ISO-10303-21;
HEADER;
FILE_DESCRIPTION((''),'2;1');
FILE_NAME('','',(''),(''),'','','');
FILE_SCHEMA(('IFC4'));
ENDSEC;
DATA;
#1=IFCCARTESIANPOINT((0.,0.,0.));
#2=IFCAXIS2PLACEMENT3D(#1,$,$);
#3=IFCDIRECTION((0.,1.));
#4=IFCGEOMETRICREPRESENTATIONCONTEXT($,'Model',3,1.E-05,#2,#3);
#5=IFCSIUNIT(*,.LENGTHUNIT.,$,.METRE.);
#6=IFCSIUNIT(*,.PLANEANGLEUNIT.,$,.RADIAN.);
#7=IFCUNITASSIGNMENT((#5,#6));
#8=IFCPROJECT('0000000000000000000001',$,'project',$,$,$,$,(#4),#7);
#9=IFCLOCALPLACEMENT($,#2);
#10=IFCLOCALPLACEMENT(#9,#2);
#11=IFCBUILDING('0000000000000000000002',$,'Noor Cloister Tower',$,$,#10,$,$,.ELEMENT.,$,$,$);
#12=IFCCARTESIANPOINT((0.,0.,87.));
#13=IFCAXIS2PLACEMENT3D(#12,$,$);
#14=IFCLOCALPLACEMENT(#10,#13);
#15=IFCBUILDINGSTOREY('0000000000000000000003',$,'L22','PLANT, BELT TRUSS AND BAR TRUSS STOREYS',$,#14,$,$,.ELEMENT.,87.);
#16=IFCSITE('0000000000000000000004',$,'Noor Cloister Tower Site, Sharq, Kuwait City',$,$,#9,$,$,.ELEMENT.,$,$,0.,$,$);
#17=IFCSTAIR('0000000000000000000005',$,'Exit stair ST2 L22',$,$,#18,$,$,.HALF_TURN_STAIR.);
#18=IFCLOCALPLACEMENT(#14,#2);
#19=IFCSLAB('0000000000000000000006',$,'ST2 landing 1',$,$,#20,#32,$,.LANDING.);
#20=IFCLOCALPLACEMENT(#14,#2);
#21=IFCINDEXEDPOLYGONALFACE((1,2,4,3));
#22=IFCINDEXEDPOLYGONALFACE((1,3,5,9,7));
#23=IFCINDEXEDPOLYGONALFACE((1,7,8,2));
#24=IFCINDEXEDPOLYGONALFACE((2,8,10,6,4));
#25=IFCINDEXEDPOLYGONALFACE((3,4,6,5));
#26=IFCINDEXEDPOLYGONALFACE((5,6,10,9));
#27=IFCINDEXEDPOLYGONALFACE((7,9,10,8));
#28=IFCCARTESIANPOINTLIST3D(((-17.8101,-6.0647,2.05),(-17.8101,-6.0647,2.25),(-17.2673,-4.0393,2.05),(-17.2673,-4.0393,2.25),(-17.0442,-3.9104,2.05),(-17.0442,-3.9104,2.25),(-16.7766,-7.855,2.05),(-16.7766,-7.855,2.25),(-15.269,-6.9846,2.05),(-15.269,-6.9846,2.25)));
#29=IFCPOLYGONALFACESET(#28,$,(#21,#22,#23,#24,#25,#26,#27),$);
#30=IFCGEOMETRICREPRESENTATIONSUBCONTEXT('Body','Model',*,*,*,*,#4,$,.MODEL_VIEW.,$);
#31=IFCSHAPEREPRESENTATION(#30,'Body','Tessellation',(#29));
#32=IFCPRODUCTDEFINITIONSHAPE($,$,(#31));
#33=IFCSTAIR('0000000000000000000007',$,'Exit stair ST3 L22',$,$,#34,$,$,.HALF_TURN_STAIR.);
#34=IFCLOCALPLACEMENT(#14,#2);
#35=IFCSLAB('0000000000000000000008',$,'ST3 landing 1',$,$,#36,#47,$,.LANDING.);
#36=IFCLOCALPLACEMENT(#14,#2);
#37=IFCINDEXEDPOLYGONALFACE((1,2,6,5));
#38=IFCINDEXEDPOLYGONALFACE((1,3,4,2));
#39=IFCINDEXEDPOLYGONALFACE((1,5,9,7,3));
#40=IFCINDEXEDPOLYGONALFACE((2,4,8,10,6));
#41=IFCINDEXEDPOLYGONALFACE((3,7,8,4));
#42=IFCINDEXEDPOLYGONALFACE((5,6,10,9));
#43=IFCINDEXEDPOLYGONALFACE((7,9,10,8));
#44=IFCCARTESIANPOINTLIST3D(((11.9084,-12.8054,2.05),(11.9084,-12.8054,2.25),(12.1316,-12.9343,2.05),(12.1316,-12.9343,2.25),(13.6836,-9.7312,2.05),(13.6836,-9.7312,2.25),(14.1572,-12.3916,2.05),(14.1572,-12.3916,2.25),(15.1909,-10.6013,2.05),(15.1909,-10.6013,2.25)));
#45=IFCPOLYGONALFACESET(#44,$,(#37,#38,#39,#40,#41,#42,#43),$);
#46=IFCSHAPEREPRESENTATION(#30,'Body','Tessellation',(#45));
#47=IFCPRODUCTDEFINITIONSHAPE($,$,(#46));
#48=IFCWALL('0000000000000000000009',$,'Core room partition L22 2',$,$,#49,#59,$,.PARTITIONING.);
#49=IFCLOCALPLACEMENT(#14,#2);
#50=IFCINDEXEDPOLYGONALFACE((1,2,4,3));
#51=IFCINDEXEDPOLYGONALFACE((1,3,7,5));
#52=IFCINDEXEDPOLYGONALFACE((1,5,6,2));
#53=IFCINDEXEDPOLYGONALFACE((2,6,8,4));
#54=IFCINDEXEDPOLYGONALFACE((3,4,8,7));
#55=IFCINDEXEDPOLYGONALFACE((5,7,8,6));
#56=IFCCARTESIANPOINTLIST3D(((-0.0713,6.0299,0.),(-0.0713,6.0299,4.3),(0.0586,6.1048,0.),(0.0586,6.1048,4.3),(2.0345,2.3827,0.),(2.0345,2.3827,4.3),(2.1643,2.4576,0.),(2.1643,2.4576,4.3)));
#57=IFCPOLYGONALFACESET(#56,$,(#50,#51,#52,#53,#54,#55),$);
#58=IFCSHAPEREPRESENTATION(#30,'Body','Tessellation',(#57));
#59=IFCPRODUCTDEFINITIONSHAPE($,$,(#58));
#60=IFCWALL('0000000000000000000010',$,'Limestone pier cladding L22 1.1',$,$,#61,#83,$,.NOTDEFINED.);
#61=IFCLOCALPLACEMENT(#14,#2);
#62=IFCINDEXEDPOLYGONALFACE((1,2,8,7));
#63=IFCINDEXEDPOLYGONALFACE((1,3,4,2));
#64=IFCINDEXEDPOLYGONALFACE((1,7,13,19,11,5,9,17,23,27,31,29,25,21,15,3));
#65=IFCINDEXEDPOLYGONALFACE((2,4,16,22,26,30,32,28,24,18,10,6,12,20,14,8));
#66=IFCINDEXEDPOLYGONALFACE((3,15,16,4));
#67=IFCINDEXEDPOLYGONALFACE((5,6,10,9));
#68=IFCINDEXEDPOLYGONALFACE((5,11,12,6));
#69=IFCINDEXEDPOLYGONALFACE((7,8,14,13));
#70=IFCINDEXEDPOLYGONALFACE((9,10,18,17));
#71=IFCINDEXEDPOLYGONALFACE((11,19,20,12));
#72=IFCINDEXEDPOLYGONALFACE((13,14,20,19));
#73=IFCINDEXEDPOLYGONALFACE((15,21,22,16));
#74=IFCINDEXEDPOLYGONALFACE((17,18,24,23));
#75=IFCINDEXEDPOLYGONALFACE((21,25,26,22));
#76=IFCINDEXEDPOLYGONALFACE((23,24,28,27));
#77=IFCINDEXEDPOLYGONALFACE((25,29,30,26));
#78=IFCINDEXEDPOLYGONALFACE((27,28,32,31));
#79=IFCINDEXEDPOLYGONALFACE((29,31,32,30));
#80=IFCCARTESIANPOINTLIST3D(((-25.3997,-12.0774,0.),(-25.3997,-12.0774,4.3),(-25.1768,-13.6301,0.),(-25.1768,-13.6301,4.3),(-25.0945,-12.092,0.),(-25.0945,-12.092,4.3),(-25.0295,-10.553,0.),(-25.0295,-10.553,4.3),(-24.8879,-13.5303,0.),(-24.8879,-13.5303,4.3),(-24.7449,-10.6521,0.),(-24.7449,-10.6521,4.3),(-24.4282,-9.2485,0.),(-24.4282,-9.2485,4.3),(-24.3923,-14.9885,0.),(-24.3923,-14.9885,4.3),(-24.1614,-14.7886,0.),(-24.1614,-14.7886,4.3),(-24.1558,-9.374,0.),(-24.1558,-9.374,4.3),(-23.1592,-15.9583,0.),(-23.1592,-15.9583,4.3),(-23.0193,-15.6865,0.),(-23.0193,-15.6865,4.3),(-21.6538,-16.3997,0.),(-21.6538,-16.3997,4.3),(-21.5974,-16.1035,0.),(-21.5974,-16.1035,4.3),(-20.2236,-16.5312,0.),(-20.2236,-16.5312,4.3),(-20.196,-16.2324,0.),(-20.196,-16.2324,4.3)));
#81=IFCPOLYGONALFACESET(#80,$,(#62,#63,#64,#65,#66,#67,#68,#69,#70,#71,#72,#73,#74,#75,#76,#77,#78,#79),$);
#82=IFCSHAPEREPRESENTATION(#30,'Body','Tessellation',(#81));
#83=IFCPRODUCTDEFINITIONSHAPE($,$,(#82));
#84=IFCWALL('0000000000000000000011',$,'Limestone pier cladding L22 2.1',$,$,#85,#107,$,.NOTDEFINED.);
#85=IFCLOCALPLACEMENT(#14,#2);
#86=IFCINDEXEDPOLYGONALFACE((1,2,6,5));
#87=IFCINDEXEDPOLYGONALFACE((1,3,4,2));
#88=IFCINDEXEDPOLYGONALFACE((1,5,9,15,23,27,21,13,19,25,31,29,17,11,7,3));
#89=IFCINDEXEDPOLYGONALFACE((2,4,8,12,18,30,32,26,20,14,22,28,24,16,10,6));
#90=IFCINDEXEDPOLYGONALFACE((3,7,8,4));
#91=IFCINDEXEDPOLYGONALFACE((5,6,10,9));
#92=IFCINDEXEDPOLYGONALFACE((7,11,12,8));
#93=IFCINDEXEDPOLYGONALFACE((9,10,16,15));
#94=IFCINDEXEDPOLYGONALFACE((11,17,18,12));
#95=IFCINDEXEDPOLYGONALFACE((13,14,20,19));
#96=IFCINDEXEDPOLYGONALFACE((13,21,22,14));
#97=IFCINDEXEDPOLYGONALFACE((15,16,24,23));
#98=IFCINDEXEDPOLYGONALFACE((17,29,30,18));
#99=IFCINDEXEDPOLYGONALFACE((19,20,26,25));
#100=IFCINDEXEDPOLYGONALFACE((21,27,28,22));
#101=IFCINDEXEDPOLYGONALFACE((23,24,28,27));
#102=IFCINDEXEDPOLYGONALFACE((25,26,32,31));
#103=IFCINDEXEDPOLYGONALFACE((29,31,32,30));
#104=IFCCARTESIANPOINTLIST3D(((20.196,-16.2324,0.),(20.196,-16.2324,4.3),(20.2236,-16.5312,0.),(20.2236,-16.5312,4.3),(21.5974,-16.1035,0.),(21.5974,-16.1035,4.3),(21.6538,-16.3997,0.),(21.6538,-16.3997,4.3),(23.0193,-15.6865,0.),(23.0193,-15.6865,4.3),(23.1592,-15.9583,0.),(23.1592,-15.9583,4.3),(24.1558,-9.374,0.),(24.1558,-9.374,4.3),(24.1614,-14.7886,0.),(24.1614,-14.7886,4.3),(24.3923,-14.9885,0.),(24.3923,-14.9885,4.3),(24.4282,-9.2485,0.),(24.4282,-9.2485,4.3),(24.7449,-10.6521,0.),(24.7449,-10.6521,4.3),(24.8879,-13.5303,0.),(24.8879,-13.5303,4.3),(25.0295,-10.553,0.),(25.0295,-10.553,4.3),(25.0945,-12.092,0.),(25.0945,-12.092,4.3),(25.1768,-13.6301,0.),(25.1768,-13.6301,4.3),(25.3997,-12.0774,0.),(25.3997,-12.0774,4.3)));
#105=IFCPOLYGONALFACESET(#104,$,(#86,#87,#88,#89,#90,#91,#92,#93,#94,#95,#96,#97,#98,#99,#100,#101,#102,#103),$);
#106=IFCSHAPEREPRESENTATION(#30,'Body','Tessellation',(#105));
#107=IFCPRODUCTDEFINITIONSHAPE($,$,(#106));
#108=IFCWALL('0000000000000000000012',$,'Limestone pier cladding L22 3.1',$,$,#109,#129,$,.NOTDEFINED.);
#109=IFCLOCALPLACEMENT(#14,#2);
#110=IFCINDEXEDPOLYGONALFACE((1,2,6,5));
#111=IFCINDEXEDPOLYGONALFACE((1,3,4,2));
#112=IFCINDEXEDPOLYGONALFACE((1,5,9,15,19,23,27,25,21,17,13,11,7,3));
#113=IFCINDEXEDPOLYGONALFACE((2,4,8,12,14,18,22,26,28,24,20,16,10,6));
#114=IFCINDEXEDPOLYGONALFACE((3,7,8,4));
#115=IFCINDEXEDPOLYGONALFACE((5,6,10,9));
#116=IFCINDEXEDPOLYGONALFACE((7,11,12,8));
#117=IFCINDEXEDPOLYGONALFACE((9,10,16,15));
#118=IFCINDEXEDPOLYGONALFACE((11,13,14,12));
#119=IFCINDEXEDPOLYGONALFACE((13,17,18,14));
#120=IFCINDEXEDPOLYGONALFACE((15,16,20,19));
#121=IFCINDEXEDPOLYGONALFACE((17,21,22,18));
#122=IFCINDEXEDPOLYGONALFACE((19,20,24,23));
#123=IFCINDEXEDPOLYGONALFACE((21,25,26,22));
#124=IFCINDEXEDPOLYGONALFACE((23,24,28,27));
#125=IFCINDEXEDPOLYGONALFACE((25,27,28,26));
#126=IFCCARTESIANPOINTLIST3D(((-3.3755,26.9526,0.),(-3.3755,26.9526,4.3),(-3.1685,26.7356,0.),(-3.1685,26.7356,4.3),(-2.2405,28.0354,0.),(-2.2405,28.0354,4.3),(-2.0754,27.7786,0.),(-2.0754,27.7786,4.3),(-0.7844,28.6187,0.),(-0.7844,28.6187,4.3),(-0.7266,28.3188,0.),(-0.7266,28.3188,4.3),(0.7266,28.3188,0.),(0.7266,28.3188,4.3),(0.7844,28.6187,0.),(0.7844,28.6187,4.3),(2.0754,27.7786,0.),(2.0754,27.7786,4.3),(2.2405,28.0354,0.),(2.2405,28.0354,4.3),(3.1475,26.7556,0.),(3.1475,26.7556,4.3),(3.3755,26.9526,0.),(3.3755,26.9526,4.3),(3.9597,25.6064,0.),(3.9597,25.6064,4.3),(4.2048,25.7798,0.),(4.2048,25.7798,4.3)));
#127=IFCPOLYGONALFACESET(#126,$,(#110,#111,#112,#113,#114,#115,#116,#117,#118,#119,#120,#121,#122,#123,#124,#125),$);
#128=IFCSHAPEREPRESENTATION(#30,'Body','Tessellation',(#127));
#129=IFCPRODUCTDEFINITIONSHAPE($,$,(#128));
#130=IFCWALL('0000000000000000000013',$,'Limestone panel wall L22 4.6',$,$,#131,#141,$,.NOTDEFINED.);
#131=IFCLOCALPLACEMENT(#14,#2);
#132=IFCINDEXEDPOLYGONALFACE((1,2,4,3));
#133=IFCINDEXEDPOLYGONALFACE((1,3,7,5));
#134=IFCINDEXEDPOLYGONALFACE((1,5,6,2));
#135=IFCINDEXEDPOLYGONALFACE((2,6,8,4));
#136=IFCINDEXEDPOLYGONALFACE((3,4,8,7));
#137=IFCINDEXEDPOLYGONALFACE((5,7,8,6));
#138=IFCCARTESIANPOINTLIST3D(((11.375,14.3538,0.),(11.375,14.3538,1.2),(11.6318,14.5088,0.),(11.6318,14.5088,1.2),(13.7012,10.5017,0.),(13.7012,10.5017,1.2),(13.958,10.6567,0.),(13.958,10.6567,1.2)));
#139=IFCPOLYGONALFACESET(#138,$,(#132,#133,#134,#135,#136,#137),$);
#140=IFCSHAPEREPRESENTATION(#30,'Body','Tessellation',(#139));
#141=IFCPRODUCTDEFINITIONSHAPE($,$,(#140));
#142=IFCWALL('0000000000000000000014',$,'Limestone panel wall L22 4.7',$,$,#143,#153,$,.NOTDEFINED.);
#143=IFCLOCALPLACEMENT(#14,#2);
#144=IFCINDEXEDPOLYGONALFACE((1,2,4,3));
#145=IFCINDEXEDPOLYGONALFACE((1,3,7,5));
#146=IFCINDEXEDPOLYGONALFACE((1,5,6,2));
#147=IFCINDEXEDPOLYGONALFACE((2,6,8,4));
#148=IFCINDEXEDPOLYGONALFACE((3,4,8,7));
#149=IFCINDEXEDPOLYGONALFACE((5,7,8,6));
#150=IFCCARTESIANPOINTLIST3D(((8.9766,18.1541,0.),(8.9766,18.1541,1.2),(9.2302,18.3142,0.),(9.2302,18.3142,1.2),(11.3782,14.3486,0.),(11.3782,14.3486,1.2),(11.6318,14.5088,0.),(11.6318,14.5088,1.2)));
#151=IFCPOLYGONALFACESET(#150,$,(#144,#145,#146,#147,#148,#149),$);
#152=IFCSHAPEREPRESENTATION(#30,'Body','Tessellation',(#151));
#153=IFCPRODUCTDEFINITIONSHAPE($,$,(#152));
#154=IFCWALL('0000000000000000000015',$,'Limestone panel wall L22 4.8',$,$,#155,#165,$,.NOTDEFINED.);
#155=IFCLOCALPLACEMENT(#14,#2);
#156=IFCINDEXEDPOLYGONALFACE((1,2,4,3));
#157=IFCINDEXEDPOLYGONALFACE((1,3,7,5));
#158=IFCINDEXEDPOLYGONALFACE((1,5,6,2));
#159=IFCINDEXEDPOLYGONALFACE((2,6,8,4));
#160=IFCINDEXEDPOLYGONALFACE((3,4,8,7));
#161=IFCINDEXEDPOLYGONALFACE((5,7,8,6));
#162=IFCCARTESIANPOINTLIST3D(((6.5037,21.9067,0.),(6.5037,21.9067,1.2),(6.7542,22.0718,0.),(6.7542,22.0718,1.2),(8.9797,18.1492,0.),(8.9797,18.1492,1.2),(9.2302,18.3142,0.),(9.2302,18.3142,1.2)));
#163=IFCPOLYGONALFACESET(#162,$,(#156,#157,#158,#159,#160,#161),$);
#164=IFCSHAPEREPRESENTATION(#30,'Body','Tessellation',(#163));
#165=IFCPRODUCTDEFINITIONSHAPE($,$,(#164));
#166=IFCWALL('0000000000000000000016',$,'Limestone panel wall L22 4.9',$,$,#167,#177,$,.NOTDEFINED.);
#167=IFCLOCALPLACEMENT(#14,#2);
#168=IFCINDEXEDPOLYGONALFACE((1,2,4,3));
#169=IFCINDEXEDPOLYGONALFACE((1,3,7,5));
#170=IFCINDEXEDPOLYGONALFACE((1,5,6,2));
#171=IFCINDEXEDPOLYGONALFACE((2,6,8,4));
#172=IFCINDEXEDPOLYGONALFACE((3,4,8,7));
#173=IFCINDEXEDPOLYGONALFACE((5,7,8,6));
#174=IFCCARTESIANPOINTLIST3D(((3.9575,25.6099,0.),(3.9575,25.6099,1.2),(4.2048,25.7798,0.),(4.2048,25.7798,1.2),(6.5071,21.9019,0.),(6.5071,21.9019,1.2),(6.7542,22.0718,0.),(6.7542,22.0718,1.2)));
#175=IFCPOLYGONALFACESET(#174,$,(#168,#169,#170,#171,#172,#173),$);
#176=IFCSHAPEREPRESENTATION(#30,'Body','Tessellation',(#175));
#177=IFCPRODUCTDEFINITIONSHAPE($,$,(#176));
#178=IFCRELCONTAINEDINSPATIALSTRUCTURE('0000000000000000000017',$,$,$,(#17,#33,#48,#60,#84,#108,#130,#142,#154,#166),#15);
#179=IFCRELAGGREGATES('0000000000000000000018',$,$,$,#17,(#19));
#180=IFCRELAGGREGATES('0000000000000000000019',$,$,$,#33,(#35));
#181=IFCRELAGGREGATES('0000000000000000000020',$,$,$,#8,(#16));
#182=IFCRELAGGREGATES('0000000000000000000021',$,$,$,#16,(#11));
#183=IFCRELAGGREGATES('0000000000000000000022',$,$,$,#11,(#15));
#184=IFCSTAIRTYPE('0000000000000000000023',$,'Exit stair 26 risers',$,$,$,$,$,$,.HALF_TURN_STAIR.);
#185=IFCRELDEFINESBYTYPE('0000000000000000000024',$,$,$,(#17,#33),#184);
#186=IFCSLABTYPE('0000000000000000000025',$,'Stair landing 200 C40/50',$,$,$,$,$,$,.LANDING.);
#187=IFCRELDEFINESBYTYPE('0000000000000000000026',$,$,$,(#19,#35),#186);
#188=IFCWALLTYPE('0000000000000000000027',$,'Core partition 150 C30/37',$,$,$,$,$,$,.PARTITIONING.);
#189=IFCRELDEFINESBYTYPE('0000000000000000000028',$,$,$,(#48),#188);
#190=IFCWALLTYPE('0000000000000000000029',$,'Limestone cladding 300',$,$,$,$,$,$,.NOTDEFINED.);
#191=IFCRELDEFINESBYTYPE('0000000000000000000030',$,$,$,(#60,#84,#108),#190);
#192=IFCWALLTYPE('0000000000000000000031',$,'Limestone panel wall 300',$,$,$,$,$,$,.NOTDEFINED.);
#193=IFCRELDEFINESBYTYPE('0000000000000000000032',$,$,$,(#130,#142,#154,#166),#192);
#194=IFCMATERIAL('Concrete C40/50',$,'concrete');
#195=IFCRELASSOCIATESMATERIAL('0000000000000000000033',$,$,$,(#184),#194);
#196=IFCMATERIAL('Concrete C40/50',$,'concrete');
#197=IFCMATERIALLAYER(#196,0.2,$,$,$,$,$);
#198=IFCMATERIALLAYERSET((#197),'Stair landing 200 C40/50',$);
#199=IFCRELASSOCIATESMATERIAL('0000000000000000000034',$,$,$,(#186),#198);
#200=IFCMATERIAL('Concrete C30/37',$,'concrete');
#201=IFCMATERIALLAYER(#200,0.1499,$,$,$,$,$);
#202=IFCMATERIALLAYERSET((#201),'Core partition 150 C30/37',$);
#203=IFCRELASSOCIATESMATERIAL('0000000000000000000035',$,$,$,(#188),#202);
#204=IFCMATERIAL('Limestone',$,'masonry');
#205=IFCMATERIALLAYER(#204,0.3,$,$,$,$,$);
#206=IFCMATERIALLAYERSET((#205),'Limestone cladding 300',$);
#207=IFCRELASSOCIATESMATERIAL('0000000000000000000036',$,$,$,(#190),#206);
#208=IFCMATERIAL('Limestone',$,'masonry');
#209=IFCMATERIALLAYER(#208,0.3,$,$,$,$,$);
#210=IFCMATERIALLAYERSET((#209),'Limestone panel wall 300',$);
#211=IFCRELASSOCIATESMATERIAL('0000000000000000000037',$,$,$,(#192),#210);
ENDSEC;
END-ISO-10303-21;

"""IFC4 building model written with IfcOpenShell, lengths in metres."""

from ifc_helpers import new_model, si_unit, direction, frame, frame_2d, origin, place, context, subcontext, project, spatial, polyline, rectangle, outline, extrude, material, layer, layer_set, type_object, element, aggregate, save


model = new_model("IFC4")

# Units and contexts
model_context = context("Model", 3, precision=1e-05, world=origin(), true_north=direction((0.0, 1.0)))
body_context = subcontext(model_context, "Body", "Model", "MODEL_VIEW")
ifc_project = project(units=[si_unit("LENGTHUNIT", "METRE"), si_unit("PLANEANGLEUNIT", "RADIAN")], contexts=[model_context])

# Site, building, storey
site_placement = place(None, origin())
site = spatial("IfcSite", under=ifc_project, at=site_placement, Name="Noor Cloister Tower Site, Sharq, Kuwait City", CompositionType="ELEMENT", RefElevation=0.0)
building_placement = place(site_placement, origin())
building = spatial("IfcBuilding", under=site, at=building_placement, Name="Noor Cloister Tower", CompositionType="ELEMENT")
storey_placement = place(building_placement, frame((0.0, 0.0, 87.0)))
storey = spatial("IfcBuildingStorey", under=building, at=storey_placement, Name="L22", Description="PLANT, BELT TRUSS AND BAR TRUSS STOREYS", CompositionType="ELEMENT", Elevation=87.0)

# Stairs, slabs
ifc_material_1 = material(Name="Concrete C40/50", Category="concrete")
stair_type = type_object("IfcStairType", Name="Exit stair 26 risers", PredefinedType="HALF_TURN_STAIR", material=ifc_material_1)
ifc_material_2 = material(Name="Concrete C40/50", Category="concrete")
ifc_layer_1 = layer(ifc_material_2, 0.2)
ifc_layer_set_1 = layer_set([ifc_layer_1], Name="Stair landing 200 C40/50")
slab_type_1 = type_object("IfcSlabType", Name="Stair landing 200 C40/50", PredefinedType="LANDING", material=ifc_layer_set_1)
stair_1_placement = place(storey_placement, origin())
stair_1 = element("IfcStair", 1, at=stair_1_placement, inside=storey, type_object=stair_type, Name="Exit stair ST2 L22", PredefinedType="HALF_TURN_STAIR")
slab_1_placement = place(storey_placement, frame((0.0, 0.0, 2.05)))
slab_1 = element("IfcSlab", 2, at=slab_1_placement, type_object=slab_type_1, Name="ST2 landing 1", PredefinedType="LANDING", context=body_context, shape_type="SweptSolid", body=[
    extrude(outline(polyline([(-17.0442, -3.9104), (-17.2673, -4.0393), (-17.8101, -6.0647), (-16.7766, -7.855), (-15.269, -6.9846), (-17.0442, -3.9104)])), origin(), (0.0, 0.0, 1.0), 0.2),
])
aggregate(stair_1, [slab_1])
stair_2_placement = place(storey_placement, origin())
stair_2 = element("IfcStair", 3, at=stair_2_placement, inside=storey, type_object=stair_type, Name="Exit stair ST3 L22", PredefinedType="HALF_TURN_STAIR")
slab_2_placement = place(storey_placement, frame((0.0, 0.0, 2.05)))
slab_2 = element("IfcSlab", 4, at=slab_2_placement, type_object=slab_type_1, Name="ST3 landing 1", PredefinedType="LANDING", context=body_context, shape_type="SweptSolid", body=[
    extrude(outline(polyline([(11.9084, -12.8054), (12.1316, -12.9343), (14.1572, -12.3916), (15.1909, -10.6013), (13.6836, -9.7312), (11.9084, -12.8054)])), origin(), (0.0, 0.0, 1.0), 0.2),
])
aggregate(stair_2, [slab_2])

# Walls
ifc_material_3 = material(Name="Concrete C30/37", Category="concrete")
ifc_layer_2 = layer(ifc_material_3, 0.1499)
ifc_layer_set_2 = layer_set([ifc_layer_2], Name="Core partition 150 C30/37")
wall_type_1 = type_object("IfcWallType", Name="Core partition 150 C30/37", PredefinedType="PARTITIONING", material=ifc_layer_set_2)
wall_1_placement = place(storey_placement, frame((2.0994, 2.4202, 0.0), z_axis=(0.0, 0.0, 1.0), x_axis=(-0.499998, 0.866026, 0.0)))
element("IfcWall", 5, at=wall_1_placement, inside=storey, type_object=wall_type_1, Name="Core room partition L22 2", PredefinedType="PARTITIONING", context=body_context, shape_type="SweptSolid", body=[
    extrude(rectangle(XDim=4.2114, YDim=0.1499, at=frame_2d((2.1057, 0.0))), origin(), (0.0, 0.0, 1.0), 4.3),
])
ifc_material_4 = material(Name="Limestone", Category="masonry")
ifc_layer_3 = layer(ifc_material_4, 0.3)
ifc_layer_set_3 = layer_set([ifc_layer_3], Name="Limestone cladding 300")
wall_type_2 = type_object("IfcWallType", Name="Limestone cladding 300", PredefinedType="NOTDEFINED", material=ifc_layer_set_3)
wall_2_placement = place(storey_placement, origin())
element("IfcWall", 6, at=wall_2_placement, inside=storey, type_object=wall_type_2, Name="Limestone pier cladding L22 1.1", PredefinedType="NOTDEFINED", context=body_context, shape_type="SweptSolid", body=[
    extrude(outline(polyline([(-24.4282, -9.2485), (-25.0295, -10.553), (-25.3997, -12.0774), (-25.1768, -13.6301), (-24.3923, -14.9885), (-23.1592, -15.9583), (-21.6538, -16.3997), (-20.2236, -16.5312), (-20.196, -16.2324), (-21.5974, -16.1035), (-23.0193, -15.6865), (-24.1614, -14.7886), (-24.8879, -13.5303), (-25.0945, -12.092), (-24.7449, -10.6521), (-24.1558, -9.374), (-24.4282, -9.2485)])), origin(), (0.0, 0.0, 1.0), 4.3),
])
wall_3_placement = place(storey_placement, origin())
element("IfcWall", 7, at=wall_3_placement, inside=storey, type_object=wall_type_2, Name="Limestone pier cladding L22 2.1", PredefinedType="NOTDEFINED", context=body_context, shape_type="SweptSolid", body=[
    extrude(outline(polyline([(20.2236, -16.5312), (21.6538, -16.3997), (23.1592, -15.9583), (24.3923, -14.9885), (25.1768, -13.6301), (25.3997, -12.0774), (25.0295, -10.553), (24.4282, -9.2485), (24.1558, -9.374), (24.7449, -10.6521), (25.0945, -12.092), (24.8879, -13.5303), (24.1614, -14.7886), (23.0193, -15.6865), (21.5974, -16.1035), (20.196, -16.2324), (20.2236, -16.5312)])), origin(), (0.0, 0.0, 1.0), 4.3),
])
wall_4_placement = place(storey_placement, origin())
element("IfcWall", 8, at=wall_4_placement, inside=storey, type_object=wall_type_2, Name="Limestone pier cladding L22 3.1", PredefinedType="NOTDEFINED", context=body_context, shape_type="SweptSolid", body=[
    extrude(outline(polyline([(4.2048, 25.7798), (3.3755, 26.9526), (2.2405, 28.0354), (0.7844, 28.6187), (-0.7844, 28.6187), (-2.2405, 28.0354), (-3.3755, 26.9526), (-3.1685, 26.7356), (-2.0754, 27.7786), (-0.7266, 28.3188), (0.7266, 28.3188), (2.0754, 27.7786), (3.1475, 26.7556), (3.9597, 25.6064), (4.2048, 25.7798)])), origin(), (0.0, 0.0, 1.0), 4.3),
])
ifc_material_5 = material(Name="Limestone", Category="masonry")
ifc_layer_4 = layer(ifc_material_5, 0.3)
ifc_layer_set_4 = layer_set([ifc_layer_4], Name="Limestone panel wall 300")
wall_type_3 = type_object("IfcWallType", Name="Limestone panel wall 300", PredefinedType="NOTDEFINED", material=ifc_layer_set_4)
wall_5_placement = place(storey_placement, origin())
element("IfcWall", 9, at=wall_5_placement, inside=storey, type_object=wall_type_3, Name="Limestone panel wall L22 4.6", PredefinedType="NOTDEFINED", context=body_context, shape_type="SweptSolid", body=[
    extrude(outline(polyline([(13.958, 10.6567), (11.6318, 14.5088), (11.375, 14.3538), (13.7012, 10.5017), (13.958, 10.6567)])), origin(), (0.0, 0.0, 1.0), 1.2),
])
wall_6_placement = place(storey_placement, origin())
element("IfcWall", 10, at=wall_6_placement, inside=storey, type_object=wall_type_3, Name="Limestone panel wall L22 4.7", PredefinedType="NOTDEFINED", context=body_context, shape_type="SweptSolid", body=[
    extrude(outline(polyline([(11.6318, 14.5088), (9.2302, 18.3142), (8.9766, 18.1541), (11.3782, 14.3486), (11.6318, 14.5088)])), origin(), (0.0, 0.0, 1.0), 1.2),
])
wall_7_placement = place(storey_placement, origin())
element("IfcWall", 11, at=wall_7_placement, inside=storey, type_object=wall_type_3, Name="Limestone panel wall L22 4.8", PredefinedType="NOTDEFINED", context=body_context, shape_type="SweptSolid", body=[
    extrude(outline(polyline([(9.2302, 18.3142), (6.7542, 22.0718), (6.5037, 21.9067), (8.9797, 18.1492), (9.2302, 18.3142)])), origin(), (0.0, 0.0, 1.0), 1.2),
])
wall_8_placement = place(storey_placement, origin())
element("IfcWall", 12, at=wall_8_placement, inside=storey, type_object=wall_type_3, Name="Limestone panel wall L22 4.9", PredefinedType="NOTDEFINED", context=body_context, shape_type="SweptSolid", body=[
    extrude(outline(polyline([(6.7542, 22.0718), (4.2048, 25.7798), (3.9575, 25.6099), (6.5071, 21.9019), (6.7542, 22.0718)])), origin(), (0.0, 0.0, 1.0), 1.2),
])

save(model, "model.ifc")
